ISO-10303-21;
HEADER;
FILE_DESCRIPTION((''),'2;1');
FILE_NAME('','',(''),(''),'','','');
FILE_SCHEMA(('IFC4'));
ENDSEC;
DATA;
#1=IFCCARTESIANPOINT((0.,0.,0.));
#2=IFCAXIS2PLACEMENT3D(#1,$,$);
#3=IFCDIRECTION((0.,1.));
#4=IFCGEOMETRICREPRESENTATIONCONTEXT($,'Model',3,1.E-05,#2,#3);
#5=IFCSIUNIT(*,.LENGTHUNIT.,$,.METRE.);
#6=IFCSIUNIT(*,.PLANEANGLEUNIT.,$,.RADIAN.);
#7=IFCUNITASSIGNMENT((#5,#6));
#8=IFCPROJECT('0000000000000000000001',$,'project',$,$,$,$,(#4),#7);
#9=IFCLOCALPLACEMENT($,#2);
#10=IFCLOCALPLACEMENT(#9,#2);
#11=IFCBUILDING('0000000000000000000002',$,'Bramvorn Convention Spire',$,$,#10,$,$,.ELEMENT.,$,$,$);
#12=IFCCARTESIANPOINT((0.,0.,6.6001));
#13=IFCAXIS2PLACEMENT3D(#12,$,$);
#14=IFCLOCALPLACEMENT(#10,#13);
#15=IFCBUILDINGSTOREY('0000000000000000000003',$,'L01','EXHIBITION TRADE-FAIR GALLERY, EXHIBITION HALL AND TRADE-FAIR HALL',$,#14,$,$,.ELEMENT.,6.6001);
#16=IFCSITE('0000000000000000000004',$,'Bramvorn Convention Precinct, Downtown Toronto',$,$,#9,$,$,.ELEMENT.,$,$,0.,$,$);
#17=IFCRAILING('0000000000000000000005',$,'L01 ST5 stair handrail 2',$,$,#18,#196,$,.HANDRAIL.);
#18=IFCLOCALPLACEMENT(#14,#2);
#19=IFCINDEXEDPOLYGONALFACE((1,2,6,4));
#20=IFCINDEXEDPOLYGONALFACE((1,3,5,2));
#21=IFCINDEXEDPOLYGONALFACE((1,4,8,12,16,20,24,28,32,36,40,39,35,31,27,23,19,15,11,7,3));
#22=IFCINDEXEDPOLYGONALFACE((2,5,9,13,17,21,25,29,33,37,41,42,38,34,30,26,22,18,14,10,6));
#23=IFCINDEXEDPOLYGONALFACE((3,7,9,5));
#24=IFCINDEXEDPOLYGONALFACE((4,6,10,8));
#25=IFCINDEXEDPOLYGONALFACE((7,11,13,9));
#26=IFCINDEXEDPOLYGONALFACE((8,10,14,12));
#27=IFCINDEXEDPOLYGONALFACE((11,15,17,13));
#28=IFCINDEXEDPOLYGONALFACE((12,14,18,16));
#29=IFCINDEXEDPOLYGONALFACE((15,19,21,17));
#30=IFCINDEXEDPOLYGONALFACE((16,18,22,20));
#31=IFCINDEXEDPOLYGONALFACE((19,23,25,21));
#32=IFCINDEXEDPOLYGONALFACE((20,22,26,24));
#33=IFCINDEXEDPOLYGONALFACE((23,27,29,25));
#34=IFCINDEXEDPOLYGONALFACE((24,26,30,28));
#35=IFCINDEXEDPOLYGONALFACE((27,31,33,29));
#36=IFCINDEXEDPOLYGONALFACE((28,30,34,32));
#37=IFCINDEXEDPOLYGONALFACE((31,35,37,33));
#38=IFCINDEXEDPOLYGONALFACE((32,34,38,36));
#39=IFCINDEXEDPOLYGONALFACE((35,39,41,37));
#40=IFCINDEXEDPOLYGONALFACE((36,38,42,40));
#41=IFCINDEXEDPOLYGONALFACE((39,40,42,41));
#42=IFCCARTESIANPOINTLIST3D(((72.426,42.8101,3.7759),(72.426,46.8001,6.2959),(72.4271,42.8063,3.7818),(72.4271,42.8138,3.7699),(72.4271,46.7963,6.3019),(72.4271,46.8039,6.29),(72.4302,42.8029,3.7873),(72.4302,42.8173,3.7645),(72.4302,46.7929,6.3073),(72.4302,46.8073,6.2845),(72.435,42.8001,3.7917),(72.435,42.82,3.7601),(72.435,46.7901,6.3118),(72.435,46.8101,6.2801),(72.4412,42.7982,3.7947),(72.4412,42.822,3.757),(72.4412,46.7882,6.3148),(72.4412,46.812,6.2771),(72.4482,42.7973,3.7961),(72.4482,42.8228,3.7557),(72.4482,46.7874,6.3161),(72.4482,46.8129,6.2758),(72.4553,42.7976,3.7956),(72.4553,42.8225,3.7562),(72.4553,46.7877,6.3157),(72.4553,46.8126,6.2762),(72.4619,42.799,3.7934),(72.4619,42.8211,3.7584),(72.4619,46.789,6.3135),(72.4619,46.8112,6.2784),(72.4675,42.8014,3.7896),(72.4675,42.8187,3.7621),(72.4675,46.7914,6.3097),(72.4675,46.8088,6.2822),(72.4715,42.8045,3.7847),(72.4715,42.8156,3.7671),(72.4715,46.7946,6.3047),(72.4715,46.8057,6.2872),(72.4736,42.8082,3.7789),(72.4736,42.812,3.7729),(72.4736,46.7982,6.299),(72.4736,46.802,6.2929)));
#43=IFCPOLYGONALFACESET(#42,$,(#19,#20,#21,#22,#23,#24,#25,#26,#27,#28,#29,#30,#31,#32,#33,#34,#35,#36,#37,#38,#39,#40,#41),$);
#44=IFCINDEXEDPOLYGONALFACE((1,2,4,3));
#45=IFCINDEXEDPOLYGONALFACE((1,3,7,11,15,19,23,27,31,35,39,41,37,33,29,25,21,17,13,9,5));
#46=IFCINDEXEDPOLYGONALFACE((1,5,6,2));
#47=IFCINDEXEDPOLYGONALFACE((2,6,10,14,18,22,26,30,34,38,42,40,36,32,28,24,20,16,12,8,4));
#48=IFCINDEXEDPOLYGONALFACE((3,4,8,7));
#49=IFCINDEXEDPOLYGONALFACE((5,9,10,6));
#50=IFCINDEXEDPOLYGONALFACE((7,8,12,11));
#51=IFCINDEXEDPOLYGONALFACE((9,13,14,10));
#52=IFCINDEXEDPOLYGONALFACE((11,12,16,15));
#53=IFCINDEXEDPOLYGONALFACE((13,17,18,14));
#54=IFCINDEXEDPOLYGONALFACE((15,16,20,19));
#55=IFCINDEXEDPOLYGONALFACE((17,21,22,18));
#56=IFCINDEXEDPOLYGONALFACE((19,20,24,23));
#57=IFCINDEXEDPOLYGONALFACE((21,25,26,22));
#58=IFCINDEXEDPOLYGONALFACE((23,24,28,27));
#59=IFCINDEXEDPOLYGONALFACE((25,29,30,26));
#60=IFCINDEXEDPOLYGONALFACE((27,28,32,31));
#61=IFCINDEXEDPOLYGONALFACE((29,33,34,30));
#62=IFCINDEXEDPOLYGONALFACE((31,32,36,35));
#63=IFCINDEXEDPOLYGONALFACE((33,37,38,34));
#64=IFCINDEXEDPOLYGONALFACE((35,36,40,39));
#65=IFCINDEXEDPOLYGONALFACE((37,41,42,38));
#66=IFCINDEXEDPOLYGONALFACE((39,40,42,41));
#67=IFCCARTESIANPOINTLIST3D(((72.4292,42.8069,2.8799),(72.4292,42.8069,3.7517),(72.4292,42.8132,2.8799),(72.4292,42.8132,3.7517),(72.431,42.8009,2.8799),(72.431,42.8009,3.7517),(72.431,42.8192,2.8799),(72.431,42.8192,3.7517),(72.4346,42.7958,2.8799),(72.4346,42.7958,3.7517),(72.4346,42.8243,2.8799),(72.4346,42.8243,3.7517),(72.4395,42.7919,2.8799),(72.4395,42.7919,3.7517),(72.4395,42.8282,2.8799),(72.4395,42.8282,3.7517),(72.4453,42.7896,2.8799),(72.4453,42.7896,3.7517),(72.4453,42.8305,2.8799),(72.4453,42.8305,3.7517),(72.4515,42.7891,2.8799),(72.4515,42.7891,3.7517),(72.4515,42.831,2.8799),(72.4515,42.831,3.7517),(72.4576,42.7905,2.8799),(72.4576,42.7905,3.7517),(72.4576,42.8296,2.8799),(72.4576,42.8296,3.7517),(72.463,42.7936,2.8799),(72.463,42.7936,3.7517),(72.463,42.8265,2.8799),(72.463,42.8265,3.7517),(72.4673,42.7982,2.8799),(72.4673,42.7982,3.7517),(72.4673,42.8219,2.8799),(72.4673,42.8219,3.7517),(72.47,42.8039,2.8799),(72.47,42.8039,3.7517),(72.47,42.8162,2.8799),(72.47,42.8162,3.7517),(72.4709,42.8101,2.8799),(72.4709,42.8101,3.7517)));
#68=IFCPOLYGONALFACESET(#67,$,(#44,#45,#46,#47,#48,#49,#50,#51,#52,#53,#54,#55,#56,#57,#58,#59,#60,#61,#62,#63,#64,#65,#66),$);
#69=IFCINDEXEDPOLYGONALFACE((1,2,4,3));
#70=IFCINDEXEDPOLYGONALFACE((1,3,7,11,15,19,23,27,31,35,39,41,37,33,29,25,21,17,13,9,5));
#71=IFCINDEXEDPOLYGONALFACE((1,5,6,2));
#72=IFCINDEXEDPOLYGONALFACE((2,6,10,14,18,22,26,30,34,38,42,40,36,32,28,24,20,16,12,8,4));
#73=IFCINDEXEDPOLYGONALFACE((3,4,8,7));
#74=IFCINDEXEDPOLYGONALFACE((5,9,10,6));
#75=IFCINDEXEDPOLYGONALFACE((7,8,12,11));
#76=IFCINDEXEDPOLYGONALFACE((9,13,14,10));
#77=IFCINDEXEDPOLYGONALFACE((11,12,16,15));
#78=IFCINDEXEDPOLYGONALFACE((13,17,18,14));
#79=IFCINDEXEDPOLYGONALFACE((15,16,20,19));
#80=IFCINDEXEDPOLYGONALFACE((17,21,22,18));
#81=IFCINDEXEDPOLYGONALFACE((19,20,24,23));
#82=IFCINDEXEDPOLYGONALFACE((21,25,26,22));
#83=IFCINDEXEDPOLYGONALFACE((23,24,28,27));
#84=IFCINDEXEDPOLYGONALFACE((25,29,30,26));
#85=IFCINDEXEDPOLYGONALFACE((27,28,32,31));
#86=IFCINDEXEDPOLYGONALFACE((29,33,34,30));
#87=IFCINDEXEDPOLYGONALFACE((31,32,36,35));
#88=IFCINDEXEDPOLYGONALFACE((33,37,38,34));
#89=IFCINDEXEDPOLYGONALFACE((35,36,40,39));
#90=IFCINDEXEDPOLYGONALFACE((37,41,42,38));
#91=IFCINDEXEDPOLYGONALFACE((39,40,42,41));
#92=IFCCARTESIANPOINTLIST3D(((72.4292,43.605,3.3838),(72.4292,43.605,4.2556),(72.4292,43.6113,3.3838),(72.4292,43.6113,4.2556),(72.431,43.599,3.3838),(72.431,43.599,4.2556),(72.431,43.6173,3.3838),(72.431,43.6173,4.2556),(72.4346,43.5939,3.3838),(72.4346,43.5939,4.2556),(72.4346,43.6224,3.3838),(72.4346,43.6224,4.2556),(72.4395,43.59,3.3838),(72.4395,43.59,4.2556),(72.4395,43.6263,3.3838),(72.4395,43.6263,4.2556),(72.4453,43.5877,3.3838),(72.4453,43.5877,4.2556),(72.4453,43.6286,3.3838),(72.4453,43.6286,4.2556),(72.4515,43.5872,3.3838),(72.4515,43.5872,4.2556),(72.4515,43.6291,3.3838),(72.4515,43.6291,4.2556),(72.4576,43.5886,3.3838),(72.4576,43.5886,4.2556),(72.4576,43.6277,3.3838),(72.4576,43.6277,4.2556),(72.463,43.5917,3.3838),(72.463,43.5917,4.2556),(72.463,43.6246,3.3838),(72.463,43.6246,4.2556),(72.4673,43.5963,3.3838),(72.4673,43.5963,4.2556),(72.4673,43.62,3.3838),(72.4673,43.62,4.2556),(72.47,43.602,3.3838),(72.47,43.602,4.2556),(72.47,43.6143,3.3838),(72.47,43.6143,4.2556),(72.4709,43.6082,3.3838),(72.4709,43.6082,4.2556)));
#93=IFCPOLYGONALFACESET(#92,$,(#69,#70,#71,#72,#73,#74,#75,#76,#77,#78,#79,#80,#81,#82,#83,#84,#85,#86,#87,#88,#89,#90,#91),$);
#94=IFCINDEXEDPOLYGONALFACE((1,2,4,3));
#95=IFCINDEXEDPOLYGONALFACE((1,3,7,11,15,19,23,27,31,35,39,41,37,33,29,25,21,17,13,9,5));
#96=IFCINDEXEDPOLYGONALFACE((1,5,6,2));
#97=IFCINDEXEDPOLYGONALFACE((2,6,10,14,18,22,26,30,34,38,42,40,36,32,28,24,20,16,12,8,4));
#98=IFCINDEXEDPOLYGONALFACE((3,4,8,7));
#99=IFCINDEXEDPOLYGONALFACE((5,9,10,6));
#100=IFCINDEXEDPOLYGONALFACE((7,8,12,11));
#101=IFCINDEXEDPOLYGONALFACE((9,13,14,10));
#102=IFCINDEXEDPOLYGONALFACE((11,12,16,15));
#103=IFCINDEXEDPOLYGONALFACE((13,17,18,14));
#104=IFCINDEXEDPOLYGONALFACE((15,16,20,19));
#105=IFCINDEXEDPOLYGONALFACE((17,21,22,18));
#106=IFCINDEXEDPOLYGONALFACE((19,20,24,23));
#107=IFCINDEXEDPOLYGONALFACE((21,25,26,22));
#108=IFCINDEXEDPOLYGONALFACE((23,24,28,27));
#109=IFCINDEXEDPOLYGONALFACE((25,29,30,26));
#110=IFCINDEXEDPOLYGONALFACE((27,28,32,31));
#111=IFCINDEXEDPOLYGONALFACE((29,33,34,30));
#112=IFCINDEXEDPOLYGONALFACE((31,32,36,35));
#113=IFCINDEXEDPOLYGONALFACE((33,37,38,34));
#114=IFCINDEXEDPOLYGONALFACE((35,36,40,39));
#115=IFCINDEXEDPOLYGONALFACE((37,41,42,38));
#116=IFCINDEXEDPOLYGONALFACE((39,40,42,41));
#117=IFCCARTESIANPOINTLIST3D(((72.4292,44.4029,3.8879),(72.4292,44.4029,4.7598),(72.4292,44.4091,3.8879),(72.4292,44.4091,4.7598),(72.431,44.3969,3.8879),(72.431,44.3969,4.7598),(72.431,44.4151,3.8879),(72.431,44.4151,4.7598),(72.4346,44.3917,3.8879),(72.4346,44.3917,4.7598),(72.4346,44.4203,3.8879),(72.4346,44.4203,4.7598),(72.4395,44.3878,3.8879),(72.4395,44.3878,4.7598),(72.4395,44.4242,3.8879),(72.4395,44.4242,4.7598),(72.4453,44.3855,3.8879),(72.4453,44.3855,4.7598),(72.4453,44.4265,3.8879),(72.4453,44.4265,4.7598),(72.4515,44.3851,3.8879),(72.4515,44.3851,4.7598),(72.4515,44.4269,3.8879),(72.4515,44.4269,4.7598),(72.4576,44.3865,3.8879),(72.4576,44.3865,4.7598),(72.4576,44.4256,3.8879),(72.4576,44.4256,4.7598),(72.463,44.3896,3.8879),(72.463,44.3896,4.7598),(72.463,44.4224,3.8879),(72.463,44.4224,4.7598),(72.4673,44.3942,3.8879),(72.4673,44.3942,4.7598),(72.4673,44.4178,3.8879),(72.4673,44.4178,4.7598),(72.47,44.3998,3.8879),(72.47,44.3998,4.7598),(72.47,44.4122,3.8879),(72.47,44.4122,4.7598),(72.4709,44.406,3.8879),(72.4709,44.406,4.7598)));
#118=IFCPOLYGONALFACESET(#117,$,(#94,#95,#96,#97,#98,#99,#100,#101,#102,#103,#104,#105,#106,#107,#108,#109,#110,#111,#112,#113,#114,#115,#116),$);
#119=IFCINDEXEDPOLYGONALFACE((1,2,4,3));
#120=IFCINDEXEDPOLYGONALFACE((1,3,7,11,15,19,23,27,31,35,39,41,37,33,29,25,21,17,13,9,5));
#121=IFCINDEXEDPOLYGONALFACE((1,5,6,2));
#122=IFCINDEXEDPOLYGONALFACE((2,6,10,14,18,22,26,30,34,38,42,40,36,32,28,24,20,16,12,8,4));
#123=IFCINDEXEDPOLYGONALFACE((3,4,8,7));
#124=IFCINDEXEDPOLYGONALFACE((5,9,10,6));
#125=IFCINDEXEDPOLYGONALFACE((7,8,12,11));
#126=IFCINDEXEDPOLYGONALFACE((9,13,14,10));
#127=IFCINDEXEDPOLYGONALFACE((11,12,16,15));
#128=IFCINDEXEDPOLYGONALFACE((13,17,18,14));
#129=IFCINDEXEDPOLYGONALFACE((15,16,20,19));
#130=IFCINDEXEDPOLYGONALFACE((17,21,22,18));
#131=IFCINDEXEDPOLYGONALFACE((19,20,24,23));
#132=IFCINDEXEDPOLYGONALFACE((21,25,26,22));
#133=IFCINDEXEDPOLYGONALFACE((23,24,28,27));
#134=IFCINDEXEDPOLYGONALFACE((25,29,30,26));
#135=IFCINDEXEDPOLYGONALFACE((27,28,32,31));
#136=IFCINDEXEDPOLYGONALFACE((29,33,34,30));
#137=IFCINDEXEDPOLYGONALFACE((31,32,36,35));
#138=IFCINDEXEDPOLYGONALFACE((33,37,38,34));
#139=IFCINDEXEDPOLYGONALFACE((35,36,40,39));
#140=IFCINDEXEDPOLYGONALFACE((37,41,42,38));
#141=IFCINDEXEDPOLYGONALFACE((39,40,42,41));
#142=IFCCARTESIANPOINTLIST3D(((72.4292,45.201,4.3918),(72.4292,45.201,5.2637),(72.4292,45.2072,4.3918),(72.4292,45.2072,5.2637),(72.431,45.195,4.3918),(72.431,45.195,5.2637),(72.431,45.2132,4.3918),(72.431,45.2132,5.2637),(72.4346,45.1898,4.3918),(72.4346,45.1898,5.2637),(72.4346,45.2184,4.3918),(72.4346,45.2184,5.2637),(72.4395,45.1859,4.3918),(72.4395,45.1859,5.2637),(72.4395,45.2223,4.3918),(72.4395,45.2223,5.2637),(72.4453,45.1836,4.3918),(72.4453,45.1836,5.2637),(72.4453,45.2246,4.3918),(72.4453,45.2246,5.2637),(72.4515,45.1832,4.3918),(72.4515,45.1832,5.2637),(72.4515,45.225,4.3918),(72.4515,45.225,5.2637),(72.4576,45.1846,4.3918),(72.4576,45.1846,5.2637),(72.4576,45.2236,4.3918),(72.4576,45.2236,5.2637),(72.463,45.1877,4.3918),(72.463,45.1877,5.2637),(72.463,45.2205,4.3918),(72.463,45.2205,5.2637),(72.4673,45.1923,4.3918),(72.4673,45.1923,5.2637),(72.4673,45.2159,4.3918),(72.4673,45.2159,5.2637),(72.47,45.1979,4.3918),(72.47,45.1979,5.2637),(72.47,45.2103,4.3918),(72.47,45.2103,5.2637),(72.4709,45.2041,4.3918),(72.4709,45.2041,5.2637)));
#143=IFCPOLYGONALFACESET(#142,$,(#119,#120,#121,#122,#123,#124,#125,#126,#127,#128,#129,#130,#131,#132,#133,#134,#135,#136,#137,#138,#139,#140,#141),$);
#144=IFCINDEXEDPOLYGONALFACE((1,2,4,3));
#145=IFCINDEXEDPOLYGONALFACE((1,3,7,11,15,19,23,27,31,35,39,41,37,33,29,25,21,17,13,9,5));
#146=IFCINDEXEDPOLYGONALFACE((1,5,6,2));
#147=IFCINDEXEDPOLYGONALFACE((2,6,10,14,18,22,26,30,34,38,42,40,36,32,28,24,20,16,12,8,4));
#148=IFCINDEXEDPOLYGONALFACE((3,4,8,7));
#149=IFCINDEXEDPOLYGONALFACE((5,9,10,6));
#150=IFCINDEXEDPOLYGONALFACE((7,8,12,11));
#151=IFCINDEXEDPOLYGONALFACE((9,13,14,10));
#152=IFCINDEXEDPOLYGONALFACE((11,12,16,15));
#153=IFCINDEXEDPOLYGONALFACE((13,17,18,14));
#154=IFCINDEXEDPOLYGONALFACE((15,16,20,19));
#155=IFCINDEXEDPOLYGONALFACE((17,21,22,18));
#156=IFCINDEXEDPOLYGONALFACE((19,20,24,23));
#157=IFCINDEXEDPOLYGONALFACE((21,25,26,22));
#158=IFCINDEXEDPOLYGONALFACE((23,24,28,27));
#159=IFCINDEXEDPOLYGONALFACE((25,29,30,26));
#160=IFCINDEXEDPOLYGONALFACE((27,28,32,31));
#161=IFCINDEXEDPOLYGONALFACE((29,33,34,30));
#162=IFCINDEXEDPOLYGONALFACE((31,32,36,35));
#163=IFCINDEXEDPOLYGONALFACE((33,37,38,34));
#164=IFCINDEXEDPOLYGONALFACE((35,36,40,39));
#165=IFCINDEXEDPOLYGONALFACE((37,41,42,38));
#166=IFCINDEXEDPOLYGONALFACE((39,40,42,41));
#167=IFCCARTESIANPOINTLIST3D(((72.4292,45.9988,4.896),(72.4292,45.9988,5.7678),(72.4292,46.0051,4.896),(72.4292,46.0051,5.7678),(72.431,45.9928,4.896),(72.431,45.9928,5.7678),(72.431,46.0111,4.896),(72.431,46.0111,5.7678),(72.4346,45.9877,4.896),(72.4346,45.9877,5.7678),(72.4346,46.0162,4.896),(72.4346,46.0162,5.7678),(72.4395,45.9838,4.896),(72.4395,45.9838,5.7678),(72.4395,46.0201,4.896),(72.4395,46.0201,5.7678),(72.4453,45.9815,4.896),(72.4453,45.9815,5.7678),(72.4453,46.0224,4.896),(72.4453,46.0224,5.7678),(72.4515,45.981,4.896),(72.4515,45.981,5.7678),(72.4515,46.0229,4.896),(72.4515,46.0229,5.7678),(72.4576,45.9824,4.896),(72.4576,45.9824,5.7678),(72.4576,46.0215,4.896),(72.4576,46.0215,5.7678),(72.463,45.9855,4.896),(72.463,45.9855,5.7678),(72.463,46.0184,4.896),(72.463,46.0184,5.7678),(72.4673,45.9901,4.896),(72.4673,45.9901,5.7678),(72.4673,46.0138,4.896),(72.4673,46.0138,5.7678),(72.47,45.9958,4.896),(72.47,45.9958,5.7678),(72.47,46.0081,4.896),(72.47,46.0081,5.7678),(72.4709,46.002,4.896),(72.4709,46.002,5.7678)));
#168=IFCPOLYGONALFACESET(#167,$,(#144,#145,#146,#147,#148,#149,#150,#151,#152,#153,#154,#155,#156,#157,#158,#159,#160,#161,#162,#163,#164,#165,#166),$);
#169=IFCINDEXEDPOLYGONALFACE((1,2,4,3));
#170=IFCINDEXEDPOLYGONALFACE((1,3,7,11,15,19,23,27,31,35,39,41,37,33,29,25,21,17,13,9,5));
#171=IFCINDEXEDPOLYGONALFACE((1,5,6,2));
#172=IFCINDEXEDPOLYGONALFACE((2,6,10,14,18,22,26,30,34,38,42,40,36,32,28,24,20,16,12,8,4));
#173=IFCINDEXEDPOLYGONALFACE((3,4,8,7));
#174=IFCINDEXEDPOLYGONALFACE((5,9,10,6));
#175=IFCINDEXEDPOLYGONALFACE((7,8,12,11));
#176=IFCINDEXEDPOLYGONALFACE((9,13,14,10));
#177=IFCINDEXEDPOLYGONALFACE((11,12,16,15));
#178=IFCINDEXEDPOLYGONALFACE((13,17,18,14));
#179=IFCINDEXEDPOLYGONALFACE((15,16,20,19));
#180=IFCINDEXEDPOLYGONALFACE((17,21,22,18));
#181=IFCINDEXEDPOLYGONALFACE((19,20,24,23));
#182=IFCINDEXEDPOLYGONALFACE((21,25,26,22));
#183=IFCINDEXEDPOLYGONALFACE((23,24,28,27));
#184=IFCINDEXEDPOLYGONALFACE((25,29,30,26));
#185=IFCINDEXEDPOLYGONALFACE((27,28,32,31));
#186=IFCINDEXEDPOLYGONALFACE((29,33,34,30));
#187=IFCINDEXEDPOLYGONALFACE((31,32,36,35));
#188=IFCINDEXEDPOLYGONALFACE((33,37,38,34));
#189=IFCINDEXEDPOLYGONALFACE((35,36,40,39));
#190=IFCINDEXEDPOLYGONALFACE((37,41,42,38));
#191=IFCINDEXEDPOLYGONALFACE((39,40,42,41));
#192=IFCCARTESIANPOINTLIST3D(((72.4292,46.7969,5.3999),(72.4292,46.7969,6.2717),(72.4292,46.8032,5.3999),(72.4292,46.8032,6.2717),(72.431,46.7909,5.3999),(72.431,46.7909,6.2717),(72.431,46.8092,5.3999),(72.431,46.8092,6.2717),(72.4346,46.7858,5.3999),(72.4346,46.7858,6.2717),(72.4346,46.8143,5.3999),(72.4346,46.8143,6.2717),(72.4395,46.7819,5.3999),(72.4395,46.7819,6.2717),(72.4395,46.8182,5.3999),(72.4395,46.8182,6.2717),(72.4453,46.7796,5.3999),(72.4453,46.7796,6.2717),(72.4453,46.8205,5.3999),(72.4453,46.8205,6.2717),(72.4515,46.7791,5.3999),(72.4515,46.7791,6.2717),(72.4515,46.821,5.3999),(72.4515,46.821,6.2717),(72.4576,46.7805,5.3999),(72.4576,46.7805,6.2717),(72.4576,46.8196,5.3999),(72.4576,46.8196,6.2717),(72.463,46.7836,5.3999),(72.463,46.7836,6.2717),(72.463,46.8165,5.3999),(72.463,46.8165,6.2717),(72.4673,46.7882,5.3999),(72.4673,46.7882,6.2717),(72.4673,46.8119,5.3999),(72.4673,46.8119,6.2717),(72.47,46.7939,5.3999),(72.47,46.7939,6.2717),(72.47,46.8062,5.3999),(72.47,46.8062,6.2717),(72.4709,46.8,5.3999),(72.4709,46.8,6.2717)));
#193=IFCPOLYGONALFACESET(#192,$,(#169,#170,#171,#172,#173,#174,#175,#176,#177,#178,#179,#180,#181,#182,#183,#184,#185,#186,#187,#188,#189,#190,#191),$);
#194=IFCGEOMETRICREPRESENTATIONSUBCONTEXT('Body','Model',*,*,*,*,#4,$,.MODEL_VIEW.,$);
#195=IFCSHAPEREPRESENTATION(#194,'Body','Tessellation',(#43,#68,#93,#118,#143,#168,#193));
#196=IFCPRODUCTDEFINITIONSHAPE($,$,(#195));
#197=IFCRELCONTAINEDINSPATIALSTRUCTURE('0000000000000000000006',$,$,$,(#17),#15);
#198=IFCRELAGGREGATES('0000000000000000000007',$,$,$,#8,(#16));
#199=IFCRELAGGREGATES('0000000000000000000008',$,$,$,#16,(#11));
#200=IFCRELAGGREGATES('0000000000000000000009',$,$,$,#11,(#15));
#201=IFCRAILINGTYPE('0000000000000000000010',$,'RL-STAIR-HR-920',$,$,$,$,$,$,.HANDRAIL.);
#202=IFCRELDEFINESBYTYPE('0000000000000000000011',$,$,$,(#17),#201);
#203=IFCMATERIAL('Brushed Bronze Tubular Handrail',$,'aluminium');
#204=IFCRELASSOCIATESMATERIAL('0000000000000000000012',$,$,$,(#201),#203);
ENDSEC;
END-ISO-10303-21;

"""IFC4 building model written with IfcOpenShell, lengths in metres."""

from ifc_helpers import new_model, si_unit, direction, frame, origin, origin_2d, place, context, subcontext, project, spatial, circle, extrude, material, type_object, element, save


model = new_model("IFC4")

# Units and contexts
model_context = context("Model", 3, precision=1e-05, world=origin(), true_north=direction((0.0, 1.0)))
body_context = subcontext(model_context, "Body", "Model", "MODEL_VIEW")
ifc_project = project(units=[si_unit("LENGTHUNIT", "METRE"), si_unit("PLANEANGLEUNIT", "RADIAN")], contexts=[model_context])

# Site, building, storey
site_placement = place(None, origin())
site = spatial("IfcSite", under=ifc_project, at=site_placement, Name="Bramvorn Convention Precinct, Downtown Toronto", CompositionType="ELEMENT", RefElevation=0.0)
building_placement = place(site_placement, origin())
building = spatial("IfcBuilding", under=site, at=building_placement, Name="Bramvorn Convention Spire", CompositionType="ELEMENT")
storey_placement = place(building_placement, frame((0.0, 0.0, 6.6001)))
storey = spatial("IfcBuildingStorey", under=building, at=storey_placement, Name="L01", Description="EXHIBITION TRADE-FAIR GALLERY, EXHIBITION HALL AND TRADE-FAIR HALL", CompositionType="ELEMENT", Elevation=6.6001)

# Railing
ifc_material_1 = material(Name="Brushed Bronze Tubular Handrail", Category="aluminium")
railing_type_1 = type_object("IfcRailingType", Name="RL-STAIR-HR-920", PredefinedType="HANDRAIL", material=ifc_material_1)
railing_1_placement = place(storey_placement, frame((72.45, 42.8101, 2.8799)))
element("IfcRailing", 1, at=railing_1_placement, inside=storey, type_object=railing_type_1, Name="L01 ST5 stair handrail 2", PredefinedType="HANDRAIL", context=body_context, shape_type="SweptSolid", body=[
    extrude(circle(Radius=0.0239, at=origin_2d()), frame((0.0, 0.0, 0.896), z_axis=(0.0, 0.845486, 0.533997), x_axis=(-1.0, 0.0, 0.0)), (0.0, 0.0, 1.0), 4.7192),
    extrude(circle(Radius=0.021, at=origin_2d()), origin(), (0.0, 0.0, 1.0), 0.8718),
    extrude(circle(Radius=0.021, at=origin_2d()), frame((0.0, 0.7981, 0.5039)), (0.0, 0.0, 1.0), 0.8718),
    extrude(circle(Radius=0.021, at=origin_2d()), frame((0.0, 1.5959, 1.0081)), (0.0, 0.0, 1.0), 0.8718),
    extrude(circle(Radius=0.021, at=origin_2d()), frame((0.0, 2.394, 1.512)), (0.0, 0.0, 1.0), 0.8718),
    extrude(circle(Radius=0.021, at=origin_2d()), frame((0.0, 3.1919, 2.0161)), (0.0, 0.0, 1.0), 0.8718),
    extrude(circle(Radius=0.021, at=origin_2d()), frame((0.0, 3.99, 2.52)), (0.0, 0.0, 1.0), 0.8718),
])

save(model, "model.ifc")
